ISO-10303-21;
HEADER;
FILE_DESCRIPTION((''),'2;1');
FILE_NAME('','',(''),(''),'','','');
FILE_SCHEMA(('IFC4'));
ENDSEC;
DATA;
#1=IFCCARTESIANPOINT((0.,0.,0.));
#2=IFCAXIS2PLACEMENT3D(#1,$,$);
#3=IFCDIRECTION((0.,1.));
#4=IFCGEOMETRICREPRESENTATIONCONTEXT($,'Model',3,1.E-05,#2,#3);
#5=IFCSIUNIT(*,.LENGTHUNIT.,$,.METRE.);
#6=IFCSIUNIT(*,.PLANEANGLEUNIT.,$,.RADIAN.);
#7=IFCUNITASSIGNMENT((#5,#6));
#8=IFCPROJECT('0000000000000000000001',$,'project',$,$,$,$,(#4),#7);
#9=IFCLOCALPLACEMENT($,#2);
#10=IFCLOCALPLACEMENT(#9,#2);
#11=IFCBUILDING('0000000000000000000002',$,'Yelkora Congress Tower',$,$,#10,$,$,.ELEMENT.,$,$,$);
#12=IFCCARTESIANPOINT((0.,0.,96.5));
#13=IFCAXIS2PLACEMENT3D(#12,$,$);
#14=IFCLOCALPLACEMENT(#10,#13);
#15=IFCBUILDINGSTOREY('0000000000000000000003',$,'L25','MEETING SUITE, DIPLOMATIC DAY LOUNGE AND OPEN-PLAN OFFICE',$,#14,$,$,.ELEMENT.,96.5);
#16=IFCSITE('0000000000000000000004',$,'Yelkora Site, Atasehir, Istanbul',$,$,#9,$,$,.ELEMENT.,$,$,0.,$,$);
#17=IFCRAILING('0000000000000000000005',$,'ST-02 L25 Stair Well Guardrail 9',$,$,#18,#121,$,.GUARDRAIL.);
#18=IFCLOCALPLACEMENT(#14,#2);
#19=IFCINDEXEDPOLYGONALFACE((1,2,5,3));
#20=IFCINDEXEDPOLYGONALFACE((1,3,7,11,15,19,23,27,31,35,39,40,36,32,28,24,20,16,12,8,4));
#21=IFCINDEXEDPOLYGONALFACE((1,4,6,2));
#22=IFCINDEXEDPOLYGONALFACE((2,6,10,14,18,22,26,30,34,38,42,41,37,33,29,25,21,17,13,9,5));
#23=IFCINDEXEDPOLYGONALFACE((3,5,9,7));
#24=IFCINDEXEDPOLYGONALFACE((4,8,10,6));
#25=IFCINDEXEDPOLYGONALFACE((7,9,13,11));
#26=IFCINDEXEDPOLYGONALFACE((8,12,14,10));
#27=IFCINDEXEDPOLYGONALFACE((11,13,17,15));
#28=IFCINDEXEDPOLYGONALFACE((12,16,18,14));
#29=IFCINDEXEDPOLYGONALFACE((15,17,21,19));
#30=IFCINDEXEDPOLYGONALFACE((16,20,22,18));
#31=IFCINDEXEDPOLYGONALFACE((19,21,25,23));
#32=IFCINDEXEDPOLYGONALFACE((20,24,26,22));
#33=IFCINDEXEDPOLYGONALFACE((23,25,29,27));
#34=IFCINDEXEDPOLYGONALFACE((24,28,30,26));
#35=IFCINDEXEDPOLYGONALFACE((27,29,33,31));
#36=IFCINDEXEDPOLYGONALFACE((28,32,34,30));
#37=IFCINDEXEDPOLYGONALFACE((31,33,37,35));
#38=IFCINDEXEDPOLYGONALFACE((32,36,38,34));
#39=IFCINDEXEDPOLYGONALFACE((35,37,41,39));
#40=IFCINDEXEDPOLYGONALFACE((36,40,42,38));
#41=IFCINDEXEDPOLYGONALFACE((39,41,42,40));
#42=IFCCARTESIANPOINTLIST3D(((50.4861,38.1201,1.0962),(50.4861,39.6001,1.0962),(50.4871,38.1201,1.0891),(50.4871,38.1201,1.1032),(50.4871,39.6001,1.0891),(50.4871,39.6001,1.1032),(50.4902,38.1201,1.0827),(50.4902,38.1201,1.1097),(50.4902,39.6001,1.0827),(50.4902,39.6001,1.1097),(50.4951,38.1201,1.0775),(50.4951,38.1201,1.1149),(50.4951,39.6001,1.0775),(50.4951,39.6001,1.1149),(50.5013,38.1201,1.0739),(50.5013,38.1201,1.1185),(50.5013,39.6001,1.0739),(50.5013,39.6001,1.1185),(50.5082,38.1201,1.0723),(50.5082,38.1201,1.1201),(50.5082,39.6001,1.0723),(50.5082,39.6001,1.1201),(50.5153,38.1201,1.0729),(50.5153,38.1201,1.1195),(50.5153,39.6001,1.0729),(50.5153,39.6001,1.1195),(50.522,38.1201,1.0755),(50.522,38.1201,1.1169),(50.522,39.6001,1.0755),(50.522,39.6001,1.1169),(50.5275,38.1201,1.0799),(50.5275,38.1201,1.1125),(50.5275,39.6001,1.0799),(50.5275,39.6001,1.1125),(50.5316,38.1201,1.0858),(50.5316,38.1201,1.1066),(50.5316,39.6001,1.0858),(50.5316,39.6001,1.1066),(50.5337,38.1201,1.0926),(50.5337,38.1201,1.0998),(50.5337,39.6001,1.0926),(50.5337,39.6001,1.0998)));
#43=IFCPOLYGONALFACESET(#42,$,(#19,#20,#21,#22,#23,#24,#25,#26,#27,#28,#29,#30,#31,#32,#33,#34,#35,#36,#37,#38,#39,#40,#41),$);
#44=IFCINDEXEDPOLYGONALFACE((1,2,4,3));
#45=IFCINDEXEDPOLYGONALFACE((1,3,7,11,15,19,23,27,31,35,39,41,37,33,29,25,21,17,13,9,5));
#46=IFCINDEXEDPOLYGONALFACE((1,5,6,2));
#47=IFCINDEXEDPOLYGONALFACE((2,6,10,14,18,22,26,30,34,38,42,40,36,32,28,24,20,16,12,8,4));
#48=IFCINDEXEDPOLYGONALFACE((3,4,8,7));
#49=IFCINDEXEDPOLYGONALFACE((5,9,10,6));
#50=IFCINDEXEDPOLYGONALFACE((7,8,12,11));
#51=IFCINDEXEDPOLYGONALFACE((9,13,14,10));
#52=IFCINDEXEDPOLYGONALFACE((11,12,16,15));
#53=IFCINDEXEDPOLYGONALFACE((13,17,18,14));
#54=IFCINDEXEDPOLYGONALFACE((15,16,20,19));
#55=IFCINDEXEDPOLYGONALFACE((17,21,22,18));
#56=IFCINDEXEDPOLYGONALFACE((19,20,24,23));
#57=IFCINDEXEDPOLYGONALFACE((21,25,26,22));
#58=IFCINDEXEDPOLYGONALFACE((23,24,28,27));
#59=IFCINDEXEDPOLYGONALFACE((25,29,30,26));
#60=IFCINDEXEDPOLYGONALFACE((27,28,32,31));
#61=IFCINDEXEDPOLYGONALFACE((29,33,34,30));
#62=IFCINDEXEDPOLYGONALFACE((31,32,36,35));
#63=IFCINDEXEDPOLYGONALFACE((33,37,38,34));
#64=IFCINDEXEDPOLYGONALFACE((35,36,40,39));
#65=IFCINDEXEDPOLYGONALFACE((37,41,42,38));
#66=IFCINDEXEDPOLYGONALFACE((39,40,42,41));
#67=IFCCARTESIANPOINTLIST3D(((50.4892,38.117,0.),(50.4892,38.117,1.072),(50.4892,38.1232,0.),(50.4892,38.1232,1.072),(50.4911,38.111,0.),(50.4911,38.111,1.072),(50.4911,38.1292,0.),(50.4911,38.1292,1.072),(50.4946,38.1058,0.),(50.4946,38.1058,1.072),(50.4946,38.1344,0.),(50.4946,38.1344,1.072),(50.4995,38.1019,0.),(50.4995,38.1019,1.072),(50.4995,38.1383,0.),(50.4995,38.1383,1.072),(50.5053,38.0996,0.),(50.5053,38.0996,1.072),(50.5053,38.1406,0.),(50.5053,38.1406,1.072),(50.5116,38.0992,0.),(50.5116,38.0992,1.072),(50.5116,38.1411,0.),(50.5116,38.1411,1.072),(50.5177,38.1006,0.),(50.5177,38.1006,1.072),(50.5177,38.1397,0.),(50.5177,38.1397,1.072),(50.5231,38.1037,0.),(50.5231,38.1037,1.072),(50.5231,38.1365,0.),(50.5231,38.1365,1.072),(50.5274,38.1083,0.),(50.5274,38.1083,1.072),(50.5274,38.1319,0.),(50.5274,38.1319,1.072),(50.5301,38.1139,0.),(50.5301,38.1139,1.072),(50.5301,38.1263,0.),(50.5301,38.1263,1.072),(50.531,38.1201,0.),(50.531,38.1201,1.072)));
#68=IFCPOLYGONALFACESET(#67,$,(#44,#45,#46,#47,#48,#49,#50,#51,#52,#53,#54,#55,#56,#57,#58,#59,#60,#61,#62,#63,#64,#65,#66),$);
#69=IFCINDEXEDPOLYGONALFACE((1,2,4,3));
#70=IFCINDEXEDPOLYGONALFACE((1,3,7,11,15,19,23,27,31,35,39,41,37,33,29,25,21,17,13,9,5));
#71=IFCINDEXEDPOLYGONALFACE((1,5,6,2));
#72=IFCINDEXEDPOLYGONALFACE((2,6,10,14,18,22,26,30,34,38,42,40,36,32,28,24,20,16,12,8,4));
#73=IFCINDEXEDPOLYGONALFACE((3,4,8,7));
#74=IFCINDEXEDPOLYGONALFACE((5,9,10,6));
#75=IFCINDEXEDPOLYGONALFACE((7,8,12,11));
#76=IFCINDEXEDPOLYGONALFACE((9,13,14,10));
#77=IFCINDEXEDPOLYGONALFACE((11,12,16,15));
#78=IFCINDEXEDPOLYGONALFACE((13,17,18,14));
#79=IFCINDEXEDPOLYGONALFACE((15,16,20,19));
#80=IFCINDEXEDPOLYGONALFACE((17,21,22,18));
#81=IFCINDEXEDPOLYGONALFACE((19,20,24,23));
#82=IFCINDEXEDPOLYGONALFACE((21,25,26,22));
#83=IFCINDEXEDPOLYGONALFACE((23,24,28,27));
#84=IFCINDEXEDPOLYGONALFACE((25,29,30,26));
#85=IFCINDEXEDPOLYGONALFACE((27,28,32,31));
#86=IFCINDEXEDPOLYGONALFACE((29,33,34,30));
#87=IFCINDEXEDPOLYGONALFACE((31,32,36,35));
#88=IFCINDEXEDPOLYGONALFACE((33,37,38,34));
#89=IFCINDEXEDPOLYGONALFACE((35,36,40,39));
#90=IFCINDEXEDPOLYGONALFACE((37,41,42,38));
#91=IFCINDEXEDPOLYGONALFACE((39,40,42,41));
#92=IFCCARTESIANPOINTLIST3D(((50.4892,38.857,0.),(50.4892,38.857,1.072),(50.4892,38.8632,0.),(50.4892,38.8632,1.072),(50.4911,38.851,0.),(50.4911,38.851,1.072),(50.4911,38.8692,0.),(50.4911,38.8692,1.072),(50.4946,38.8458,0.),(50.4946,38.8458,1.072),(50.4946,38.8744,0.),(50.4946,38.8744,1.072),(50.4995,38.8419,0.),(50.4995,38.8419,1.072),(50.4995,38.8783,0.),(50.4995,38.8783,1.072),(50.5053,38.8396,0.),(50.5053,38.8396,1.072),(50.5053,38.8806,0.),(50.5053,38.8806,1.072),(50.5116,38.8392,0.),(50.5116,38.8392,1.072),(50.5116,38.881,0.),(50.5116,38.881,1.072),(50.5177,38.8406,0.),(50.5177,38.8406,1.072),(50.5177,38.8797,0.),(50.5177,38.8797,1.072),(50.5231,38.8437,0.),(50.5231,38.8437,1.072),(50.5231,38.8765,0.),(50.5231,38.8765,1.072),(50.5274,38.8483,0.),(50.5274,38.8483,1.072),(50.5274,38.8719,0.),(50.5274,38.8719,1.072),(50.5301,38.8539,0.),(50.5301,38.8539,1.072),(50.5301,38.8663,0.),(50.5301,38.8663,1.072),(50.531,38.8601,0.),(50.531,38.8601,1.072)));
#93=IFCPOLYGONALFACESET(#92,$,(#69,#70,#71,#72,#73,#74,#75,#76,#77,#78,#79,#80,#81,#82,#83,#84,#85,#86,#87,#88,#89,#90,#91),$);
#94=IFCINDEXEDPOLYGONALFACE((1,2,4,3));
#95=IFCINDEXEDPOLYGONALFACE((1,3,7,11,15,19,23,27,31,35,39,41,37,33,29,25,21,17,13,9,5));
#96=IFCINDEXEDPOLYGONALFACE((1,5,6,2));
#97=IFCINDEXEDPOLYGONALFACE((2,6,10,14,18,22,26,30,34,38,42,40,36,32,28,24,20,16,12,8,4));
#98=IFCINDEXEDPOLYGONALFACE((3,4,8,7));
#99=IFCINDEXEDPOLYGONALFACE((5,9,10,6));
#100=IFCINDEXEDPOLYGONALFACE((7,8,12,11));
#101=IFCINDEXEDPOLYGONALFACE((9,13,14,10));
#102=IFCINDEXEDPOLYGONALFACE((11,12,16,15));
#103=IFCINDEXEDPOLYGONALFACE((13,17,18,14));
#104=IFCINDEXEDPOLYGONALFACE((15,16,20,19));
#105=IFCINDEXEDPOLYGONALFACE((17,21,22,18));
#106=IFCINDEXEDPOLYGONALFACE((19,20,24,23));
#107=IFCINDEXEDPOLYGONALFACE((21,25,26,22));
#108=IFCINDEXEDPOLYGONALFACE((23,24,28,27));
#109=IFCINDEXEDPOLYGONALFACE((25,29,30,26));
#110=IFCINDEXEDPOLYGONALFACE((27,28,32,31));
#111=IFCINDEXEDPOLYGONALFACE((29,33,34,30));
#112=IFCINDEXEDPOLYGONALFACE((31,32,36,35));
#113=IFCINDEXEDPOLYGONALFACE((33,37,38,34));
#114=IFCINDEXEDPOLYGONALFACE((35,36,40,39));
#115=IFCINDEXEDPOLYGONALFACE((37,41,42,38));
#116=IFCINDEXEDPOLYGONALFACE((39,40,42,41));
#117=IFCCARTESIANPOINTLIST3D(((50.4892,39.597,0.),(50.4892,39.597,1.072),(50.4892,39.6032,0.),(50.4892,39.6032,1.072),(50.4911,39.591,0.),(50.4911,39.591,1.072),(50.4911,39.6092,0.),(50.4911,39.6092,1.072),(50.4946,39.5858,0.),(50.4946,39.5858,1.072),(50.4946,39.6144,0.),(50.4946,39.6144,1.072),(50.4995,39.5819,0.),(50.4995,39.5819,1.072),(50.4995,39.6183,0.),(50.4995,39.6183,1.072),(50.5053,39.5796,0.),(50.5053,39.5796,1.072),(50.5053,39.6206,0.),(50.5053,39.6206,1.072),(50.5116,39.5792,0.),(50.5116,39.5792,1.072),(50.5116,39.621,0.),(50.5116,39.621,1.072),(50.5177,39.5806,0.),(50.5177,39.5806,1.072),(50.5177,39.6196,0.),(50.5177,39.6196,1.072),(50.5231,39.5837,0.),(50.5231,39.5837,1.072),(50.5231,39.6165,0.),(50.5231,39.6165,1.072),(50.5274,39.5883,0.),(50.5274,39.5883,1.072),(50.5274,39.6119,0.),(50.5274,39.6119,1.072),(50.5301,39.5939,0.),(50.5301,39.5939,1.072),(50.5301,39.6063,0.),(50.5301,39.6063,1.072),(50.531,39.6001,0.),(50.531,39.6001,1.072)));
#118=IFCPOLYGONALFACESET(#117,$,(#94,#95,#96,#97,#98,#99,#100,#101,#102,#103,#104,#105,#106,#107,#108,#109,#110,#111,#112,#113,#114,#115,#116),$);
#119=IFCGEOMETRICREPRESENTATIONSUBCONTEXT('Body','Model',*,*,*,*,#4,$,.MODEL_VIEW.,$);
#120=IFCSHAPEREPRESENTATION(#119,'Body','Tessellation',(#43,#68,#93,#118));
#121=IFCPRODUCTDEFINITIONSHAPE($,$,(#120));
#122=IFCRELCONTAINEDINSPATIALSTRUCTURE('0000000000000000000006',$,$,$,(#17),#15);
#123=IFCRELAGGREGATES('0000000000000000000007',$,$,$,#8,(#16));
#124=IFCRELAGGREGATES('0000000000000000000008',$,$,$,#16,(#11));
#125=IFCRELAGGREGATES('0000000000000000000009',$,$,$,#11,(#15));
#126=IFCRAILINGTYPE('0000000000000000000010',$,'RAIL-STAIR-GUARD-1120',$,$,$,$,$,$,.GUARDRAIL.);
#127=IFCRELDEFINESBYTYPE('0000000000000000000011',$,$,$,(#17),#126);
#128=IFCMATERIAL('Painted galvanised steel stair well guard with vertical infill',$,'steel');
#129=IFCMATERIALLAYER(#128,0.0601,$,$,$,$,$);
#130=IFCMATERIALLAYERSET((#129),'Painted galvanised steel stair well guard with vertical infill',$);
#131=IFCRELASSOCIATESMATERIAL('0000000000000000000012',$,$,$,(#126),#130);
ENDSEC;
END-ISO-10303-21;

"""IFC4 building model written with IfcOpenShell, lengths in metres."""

from ifc_helpers import new_model, si_unit, direction, frame, origin, origin_2d, place, context, subcontext, project, spatial, circle, extrude, material, layer, layer_set, type_object, element, save


model = new_model("IFC4")

# Units and contexts
model_context = context("Model", 3, precision=1e-05, world=origin(), true_north=direction((0.0, 1.0)))
body_context = subcontext(model_context, "Body", "Model", "MODEL_VIEW")
ifc_project = project(units=[si_unit("LENGTHUNIT", "METRE"), si_unit("PLANEANGLEUNIT", "RADIAN")], contexts=[model_context])

# Site, building, storey
site_placement = place(None, origin())
site = spatial("IfcSite", under=ifc_project, at=site_placement, Name="Yelkora Site, Atasehir, Istanbul", CompositionType="ELEMENT", RefElevation=0.0)
building_placement = place(site_placement, origin())
building = spatial("IfcBuilding", under=site, at=building_placement, Name="Yelkora Congress Tower", CompositionType="ELEMENT")
storey_placement = place(building_placement, frame((0.0, 0.0, 96.5)))
storey = spatial("IfcBuildingStorey", under=building, at=storey_placement, Name="L25", Description="MEETING SUITE, DIPLOMATIC DAY LOUNGE AND OPEN-PLAN OFFICE", CompositionType="ELEMENT", Elevation=96.5)

# Railing
ifc_material_1 = material(Name="Painted galvanised steel stair well guard with vertical infill", Category="steel")
ifc_layer_1 = layer(ifc_material_1, 0.0601)
ifc_layer_set_1 = layer_set([ifc_layer_1], Name="Painted galvanised steel stair well guard with vertical infill")
railing_type_1 = type_object("IfcRailingType", Name="RAIL-STAIR-GUARD-1120", PredefinedType="GUARDRAIL", material=ifc_layer_set_1)
for number, where, name in (
    (1, (50.51, 38.1201, 0.0), "ST-02 L25 Stair Well Guardrail 9"),
):
    element("IfcRailing", number, at=place(storey_placement, frame(where)), inside=storey, type_object=railing_type_1, Name=name, PredefinedType="GUARDRAIL", context=body_context, shape_type="SweptSolid", body=[
        extrude(circle(Radius=0.0239, at=origin_2d()), frame((0.0, 0.0, 1.0962), z_axis=(0.0, 1.0, 0.0), x_axis=(-1.0, 0.0, 0.0)), (0.0, 0.0, 1.0), 1.48),
        extrude(circle(Radius=0.021, at=origin_2d()), origin(), (0.0, 0.0, 1.0), 1.072),
        extrude(circle(Radius=0.021, at=origin_2d()), frame((0.0, 0.74, 0.0)), (0.0, 0.0, 1.0), 1.072),
        extrude(circle(Radius=0.021, at=origin_2d()), frame((0.0, 1.48, 0.0)), (0.0, 0.0, 1.0), 1.072),
    ])

save(model, "model.ifc")
